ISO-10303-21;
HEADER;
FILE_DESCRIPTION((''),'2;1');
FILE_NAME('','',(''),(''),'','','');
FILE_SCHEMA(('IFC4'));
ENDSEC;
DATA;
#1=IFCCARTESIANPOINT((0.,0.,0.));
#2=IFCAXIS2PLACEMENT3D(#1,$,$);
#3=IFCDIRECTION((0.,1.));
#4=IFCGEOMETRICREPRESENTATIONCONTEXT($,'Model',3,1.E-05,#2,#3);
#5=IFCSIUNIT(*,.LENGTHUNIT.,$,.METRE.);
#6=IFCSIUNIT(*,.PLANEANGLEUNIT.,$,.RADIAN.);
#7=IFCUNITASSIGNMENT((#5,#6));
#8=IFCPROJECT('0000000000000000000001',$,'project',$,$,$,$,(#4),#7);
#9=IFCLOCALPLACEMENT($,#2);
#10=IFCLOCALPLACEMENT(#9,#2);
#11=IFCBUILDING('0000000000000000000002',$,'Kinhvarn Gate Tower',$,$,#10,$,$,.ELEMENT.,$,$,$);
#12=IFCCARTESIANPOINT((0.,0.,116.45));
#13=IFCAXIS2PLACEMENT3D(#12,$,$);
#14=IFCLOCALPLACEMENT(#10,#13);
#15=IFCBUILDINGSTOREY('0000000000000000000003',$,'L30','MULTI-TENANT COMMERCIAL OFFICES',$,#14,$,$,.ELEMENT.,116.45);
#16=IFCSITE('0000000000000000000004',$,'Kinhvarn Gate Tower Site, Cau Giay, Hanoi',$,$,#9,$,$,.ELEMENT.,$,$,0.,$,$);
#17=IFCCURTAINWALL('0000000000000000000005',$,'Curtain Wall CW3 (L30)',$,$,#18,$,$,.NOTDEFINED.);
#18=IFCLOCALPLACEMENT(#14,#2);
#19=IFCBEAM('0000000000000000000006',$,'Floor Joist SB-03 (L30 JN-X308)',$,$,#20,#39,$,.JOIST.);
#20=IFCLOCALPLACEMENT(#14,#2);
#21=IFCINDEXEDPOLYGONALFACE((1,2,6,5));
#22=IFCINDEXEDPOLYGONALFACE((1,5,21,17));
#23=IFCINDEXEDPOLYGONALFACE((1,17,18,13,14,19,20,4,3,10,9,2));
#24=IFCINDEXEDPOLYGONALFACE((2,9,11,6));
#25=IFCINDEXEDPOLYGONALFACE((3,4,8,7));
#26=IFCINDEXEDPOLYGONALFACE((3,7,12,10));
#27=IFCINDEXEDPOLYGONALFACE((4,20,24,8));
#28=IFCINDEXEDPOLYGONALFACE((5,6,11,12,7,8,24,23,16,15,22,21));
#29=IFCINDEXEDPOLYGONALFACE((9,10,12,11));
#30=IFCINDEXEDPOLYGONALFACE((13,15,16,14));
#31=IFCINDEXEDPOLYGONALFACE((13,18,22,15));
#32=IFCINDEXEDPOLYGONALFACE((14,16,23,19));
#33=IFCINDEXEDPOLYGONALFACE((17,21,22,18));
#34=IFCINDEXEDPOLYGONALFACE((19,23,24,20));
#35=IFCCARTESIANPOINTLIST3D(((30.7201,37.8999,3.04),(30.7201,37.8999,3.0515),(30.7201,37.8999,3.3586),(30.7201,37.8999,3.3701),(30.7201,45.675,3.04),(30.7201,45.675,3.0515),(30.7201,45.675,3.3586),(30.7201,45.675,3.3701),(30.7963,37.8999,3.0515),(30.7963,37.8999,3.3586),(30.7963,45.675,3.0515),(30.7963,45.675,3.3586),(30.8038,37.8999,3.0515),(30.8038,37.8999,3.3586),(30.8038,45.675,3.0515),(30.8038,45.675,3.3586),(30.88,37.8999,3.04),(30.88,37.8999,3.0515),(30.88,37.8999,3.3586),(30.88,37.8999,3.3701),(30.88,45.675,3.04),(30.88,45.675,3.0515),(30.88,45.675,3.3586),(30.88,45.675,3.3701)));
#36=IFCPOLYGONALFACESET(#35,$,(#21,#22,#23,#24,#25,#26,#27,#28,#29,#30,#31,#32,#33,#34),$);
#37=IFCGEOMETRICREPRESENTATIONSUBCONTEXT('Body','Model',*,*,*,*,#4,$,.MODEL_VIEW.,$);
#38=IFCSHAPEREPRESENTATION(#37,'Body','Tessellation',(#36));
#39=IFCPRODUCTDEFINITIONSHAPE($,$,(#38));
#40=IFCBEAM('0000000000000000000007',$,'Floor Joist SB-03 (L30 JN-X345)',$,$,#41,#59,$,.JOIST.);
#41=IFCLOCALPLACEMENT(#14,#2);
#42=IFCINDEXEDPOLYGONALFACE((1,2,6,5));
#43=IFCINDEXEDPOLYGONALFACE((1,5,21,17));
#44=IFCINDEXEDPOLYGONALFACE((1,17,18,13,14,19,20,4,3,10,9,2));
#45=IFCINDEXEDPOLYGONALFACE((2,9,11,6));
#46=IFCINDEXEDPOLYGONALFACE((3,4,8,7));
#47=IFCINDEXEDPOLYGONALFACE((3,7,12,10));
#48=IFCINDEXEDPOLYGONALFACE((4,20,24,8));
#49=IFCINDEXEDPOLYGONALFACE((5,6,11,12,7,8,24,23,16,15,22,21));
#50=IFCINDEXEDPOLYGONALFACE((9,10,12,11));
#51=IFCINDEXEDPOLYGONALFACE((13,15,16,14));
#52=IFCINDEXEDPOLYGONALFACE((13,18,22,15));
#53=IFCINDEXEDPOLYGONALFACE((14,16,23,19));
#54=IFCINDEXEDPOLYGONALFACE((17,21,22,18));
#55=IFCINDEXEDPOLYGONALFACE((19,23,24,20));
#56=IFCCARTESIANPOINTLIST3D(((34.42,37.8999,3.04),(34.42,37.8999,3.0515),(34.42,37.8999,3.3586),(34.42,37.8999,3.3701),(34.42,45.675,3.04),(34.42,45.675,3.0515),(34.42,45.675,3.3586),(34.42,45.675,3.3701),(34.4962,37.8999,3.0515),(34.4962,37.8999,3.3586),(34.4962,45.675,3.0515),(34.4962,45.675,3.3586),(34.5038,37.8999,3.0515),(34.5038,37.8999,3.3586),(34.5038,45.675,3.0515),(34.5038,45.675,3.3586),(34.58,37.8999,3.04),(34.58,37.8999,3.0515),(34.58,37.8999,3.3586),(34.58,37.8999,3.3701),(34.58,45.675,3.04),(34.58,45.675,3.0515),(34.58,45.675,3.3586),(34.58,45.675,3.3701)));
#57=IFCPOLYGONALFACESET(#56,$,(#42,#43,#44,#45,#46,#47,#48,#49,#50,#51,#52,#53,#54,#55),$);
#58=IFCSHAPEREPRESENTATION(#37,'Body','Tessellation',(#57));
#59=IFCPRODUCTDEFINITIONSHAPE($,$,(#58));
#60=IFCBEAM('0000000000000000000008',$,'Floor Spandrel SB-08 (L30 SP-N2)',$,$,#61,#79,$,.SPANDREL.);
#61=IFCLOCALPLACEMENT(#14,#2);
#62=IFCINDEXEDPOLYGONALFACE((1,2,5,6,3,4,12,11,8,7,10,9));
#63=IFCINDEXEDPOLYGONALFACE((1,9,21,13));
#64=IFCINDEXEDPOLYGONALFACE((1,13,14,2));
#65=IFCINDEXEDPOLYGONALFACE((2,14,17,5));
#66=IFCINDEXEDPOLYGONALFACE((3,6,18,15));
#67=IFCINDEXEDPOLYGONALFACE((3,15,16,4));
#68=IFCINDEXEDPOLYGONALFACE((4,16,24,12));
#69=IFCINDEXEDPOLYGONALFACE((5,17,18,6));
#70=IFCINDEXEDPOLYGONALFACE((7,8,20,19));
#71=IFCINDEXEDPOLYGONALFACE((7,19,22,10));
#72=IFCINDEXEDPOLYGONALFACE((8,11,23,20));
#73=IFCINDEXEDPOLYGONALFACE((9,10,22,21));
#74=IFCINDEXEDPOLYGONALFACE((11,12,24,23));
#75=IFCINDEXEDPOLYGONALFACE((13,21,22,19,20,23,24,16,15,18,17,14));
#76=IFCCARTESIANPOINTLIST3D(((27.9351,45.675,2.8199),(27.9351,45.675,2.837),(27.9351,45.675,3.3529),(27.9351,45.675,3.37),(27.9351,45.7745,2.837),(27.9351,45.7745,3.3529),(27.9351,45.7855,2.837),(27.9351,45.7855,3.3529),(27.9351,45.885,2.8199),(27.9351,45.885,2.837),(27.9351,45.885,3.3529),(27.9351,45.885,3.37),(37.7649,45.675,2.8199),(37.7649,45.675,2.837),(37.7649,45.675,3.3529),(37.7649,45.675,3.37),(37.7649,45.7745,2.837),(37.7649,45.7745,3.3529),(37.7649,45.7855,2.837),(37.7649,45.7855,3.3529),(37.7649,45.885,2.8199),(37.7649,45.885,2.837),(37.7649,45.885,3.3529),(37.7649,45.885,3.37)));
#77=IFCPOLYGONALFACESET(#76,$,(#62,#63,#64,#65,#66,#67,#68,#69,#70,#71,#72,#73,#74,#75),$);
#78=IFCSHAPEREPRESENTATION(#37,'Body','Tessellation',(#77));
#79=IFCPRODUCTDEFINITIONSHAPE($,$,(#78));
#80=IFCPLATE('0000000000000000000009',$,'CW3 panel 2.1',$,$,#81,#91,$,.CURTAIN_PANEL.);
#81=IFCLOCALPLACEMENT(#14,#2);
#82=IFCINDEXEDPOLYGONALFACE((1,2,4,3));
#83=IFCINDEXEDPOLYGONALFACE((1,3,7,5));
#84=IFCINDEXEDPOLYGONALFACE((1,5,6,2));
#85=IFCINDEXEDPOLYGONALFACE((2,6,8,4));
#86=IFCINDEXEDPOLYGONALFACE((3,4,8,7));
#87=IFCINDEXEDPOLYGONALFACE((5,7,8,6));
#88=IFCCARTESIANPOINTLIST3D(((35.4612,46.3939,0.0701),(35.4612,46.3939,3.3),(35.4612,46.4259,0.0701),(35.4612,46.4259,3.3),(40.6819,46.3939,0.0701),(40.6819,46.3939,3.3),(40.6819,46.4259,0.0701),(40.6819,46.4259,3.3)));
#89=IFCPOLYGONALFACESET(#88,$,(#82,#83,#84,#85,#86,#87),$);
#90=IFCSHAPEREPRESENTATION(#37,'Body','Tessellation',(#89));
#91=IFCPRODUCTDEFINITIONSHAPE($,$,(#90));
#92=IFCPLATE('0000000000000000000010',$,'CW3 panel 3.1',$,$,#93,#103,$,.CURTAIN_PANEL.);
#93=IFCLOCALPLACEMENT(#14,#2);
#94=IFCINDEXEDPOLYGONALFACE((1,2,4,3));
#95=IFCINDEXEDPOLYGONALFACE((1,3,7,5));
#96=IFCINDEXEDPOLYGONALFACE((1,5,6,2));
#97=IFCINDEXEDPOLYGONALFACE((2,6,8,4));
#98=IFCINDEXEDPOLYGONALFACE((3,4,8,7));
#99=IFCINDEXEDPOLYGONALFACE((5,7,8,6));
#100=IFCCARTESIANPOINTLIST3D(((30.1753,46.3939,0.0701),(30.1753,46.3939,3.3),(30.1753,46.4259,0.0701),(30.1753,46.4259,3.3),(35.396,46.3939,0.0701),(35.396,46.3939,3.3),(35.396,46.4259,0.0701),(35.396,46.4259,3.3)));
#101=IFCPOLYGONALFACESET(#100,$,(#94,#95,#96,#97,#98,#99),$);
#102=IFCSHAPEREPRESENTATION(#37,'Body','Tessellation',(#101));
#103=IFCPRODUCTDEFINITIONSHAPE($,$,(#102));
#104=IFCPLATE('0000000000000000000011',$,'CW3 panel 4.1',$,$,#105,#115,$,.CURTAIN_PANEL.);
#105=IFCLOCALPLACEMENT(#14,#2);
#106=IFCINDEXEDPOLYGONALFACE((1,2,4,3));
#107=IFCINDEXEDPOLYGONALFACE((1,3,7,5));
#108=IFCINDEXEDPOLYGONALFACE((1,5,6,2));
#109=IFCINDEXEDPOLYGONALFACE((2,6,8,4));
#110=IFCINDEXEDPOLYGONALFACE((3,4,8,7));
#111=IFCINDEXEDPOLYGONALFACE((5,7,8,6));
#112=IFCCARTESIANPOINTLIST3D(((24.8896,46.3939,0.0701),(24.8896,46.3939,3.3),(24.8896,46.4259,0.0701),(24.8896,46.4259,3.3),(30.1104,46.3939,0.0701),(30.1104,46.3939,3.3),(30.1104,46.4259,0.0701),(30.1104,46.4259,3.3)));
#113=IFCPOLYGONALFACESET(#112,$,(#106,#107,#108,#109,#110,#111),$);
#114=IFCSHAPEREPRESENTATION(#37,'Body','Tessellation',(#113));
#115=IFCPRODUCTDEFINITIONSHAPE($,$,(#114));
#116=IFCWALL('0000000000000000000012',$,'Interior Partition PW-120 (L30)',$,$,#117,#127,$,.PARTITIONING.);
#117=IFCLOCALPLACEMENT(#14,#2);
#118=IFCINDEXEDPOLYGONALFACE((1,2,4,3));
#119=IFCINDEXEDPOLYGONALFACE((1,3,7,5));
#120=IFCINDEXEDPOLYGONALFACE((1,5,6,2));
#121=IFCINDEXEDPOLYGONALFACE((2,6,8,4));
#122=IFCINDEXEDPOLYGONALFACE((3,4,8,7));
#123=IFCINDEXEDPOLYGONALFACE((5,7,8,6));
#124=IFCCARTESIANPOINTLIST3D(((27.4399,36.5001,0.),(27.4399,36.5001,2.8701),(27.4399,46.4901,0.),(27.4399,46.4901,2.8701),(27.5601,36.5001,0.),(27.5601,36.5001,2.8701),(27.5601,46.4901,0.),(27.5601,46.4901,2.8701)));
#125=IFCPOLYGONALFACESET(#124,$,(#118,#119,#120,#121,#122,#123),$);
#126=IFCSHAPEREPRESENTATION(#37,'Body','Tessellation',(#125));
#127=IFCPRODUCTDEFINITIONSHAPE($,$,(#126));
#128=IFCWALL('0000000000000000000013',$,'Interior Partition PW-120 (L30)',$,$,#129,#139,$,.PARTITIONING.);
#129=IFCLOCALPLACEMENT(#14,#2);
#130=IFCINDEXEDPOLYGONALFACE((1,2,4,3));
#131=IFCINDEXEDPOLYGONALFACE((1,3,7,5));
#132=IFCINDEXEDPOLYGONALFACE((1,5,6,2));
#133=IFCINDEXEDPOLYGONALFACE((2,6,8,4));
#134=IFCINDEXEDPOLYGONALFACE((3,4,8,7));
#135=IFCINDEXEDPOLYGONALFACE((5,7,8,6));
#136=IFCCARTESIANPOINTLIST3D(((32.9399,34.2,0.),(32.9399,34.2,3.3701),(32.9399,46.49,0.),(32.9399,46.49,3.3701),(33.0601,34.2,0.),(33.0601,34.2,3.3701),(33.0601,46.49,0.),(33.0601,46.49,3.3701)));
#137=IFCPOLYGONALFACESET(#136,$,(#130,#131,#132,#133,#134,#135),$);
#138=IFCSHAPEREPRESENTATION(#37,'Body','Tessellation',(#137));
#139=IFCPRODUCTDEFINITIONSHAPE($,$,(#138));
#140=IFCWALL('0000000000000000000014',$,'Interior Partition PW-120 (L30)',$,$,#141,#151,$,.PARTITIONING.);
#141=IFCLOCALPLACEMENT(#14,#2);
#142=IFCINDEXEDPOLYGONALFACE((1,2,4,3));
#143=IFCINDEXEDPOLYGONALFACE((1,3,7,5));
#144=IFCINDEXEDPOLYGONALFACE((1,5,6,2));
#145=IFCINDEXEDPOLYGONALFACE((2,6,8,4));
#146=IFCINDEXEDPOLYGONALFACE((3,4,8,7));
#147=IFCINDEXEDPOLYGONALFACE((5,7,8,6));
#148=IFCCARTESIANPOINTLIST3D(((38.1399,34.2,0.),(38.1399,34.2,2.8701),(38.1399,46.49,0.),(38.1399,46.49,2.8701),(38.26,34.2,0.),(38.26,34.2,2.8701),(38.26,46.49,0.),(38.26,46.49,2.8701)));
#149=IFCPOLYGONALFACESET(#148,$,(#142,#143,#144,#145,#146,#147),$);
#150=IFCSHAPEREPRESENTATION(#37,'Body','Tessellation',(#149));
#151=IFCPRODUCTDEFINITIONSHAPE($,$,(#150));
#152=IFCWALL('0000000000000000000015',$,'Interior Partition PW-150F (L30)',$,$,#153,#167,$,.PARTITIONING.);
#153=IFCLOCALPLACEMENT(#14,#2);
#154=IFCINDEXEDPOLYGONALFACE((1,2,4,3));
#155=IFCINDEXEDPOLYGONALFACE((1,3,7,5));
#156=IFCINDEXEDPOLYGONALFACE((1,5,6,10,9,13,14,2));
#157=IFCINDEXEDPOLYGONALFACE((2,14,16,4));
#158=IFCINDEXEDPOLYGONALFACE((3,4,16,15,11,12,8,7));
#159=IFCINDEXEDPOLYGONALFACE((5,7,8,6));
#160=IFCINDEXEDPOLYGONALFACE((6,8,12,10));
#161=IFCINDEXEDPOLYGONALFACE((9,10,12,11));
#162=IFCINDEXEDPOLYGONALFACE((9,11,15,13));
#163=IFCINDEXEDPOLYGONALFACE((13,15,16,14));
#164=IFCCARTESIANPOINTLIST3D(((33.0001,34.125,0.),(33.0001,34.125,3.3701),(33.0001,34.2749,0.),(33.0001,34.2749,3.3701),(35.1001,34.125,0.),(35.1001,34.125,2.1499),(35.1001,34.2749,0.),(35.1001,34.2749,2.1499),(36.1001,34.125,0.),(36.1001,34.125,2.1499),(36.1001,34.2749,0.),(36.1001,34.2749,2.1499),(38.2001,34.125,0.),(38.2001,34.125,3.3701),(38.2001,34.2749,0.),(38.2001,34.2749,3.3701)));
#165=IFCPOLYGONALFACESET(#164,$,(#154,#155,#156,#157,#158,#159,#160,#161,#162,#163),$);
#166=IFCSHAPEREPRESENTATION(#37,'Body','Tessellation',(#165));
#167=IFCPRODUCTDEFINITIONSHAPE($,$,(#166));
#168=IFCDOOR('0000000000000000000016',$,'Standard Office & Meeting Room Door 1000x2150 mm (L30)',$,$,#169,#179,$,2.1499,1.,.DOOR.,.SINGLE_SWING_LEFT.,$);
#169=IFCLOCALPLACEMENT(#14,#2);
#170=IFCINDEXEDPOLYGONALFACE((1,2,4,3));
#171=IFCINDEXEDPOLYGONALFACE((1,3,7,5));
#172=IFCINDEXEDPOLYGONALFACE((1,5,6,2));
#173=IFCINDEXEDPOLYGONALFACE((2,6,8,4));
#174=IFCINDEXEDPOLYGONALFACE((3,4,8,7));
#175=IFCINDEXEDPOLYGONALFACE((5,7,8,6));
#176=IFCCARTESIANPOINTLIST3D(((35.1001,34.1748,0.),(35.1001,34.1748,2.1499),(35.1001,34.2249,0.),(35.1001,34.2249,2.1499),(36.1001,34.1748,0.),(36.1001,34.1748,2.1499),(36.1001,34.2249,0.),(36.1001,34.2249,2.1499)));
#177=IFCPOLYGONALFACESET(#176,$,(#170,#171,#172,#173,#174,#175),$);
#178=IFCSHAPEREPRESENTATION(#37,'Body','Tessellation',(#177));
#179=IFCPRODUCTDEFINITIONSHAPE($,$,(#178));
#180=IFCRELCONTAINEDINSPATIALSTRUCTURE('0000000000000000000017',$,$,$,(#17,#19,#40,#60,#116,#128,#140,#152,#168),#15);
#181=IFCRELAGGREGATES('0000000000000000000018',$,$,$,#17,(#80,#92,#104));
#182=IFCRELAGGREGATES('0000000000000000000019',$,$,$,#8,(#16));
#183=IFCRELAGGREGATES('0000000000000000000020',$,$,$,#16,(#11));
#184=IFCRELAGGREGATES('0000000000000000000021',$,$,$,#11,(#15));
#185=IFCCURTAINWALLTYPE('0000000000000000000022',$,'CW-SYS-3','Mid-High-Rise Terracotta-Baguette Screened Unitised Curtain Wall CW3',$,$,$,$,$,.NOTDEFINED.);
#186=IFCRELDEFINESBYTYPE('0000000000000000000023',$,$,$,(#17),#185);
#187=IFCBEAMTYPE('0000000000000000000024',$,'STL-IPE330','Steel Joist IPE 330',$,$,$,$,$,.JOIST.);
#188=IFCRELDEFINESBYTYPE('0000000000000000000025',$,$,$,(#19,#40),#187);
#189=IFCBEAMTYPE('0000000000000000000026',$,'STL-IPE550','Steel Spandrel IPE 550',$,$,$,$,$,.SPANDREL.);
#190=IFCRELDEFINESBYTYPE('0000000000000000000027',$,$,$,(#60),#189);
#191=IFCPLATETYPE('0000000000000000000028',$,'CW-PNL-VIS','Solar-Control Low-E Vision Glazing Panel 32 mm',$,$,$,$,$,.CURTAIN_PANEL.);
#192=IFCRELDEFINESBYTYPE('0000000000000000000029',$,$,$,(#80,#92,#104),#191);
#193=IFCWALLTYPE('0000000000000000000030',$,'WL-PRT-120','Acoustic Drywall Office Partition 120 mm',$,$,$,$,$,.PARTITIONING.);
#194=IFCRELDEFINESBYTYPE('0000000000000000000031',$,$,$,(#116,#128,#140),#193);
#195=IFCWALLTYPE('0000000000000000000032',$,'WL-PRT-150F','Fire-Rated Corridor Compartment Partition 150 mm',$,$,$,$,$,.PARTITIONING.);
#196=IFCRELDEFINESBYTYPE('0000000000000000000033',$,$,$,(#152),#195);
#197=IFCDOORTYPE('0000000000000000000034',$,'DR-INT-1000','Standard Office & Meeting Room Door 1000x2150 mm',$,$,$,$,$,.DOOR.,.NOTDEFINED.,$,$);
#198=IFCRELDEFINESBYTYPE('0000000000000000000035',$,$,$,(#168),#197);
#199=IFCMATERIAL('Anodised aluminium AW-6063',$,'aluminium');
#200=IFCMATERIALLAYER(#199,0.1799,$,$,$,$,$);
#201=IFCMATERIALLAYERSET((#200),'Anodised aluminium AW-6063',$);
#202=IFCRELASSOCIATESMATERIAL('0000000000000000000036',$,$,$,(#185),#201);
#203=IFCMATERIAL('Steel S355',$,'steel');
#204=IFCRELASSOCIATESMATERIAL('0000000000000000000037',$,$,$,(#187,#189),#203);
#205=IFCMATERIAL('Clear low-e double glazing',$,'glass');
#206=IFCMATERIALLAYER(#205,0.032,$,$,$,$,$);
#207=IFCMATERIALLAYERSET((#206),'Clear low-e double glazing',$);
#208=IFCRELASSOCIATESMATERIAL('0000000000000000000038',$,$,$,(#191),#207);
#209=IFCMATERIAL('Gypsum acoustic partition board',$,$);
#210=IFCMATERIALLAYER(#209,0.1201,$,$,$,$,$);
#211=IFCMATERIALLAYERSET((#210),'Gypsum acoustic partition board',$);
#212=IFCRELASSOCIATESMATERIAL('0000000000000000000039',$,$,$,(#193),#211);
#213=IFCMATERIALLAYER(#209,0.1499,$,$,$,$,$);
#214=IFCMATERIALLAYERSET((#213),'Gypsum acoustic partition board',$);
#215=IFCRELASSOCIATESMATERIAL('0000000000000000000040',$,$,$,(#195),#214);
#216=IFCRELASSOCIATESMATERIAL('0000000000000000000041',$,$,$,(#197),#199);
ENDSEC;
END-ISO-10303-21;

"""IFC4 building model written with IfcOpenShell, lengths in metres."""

from ifc_helpers import new_model, si_unit, direction, frame, frame_2d, origin, origin_2d, place, context, subcontext, project, spatial, rectangle, i_section, extrude, material, layer, layer_set, material_profile, profile_set, type_object, element, fill, aggregate, save


model = new_model("IFC4")

# Units and contexts
model_context = context("Model", 3, precision=1e-05, world=origin(), true_north=direction((0.0, 1.0)))
body_context = subcontext(model_context, "Body", "Model", "MODEL_VIEW")
ifc_project = project(units=[si_unit("LENGTHUNIT", "METRE"), si_unit("PLANEANGLEUNIT", "RADIAN")], contexts=[model_context])

# Site, building, storey
site_placement = place(None, origin())
site = spatial("IfcSite", under=ifc_project, at=site_placement, Name="Kinhvarn Gate Tower Site, Cau Giay, Hanoi", CompositionType="ELEMENT", RefElevation=0.0)
building_placement = place(site_placement, origin())
building = spatial("IfcBuilding", under=site, at=building_placement, Name="Kinhvarn Gate Tower", CompositionType="ELEMENT")
storey_placement = place(building_placement, frame((0.0, 0.0, 116.45)))
storey = spatial("IfcBuildingStorey", under=building, at=storey_placement, Name="L30", Description="MULTI-TENANT COMMERCIAL OFFICES", CompositionType="ELEMENT", Elevation=116.45)

# Curtain wall
ifc_material_1 = material(Name="Anodised aluminium AW-6063", Category="aluminium")
ifc_layer_1 = layer(ifc_material_1, 0.1799)
ifc_layer_set_1 = layer_set([ifc_layer_1], Name="Anodised aluminium AW-6063")
curtain_wall_type = type_object("IfcCurtainWallType", Name="CW-SYS-3", Description="Mid-High-Rise Terracotta-Baguette Screened Unitised Curtain Wall CW3", PredefinedType="NOTDEFINED", material=ifc_layer_set_1)
curtain_wall_placement = place(storey_placement, origin())
curtain_wall = element("IfcCurtainWall", 1, at=curtain_wall_placement, inside=storey, type_object=curtain_wall_type, Name="Curtain Wall CW3 (L30)", PredefinedType="NOTDEFINED")

# Beams
ifc_material_2 = material(Name="Steel S355", Category="steel")
ifc_material_profile_1 = material_profile(ifc_material_2, i_section(OverallWidth=0.1599, OverallDepth=0.3301, WebThickness=0.0076, FlangeThickness=0.0115, at=origin_2d()), Name="IPE 330")
ifc_profile_set_1 = profile_set([ifc_material_profile_1], Name="Steel S355")
beam_type_1 = type_object("IfcBeamType", Name="STL-IPE330", Description="Steel Joist IPE 330", PredefinedType="JOIST", material=ifc_profile_set_1)
for number, where, z_axis, x_axis, name in (
    (2, (30.8, 37.8999, 3.2051), (0.0, 1.0, 0.0), (-1.0, 0.0, 0.0), "Floor Joist SB-03 (L30 JN-X308)"),
    (3, (34.5, 37.8999, 3.2051), (0.0, 1.0, 0.0), (-1.0, 0.0, 0.0), "Floor Joist SB-03 (L30 JN-X345)"),
):
    element("IfcBeam", number, at=place(storey_placement, frame(where, z_axis=z_axis, x_axis=x_axis)), inside=storey, type_object=beam_type_1, Name=name, PredefinedType="JOIST", context=body_context, shape_type="SweptSolid", body=[
        extrude(i_section(OverallWidth=0.1599, OverallDepth=0.3301, WebThickness=0.0076, FlangeThickness=0.0115, at=origin_2d()), origin(), (0.0, 0.0, 1.0), 7.7751),
    ])
ifc_material_profile_2 = material_profile(ifc_material_2, i_section(OverallWidth=0.21, OverallDepth=0.55, WebThickness=0.011, FlangeThickness=0.0171, at=origin_2d()), Name="IPE 550")
ifc_profile_set_2 = profile_set([ifc_material_profile_2], Name="Steel S355")
beam_type_2 = type_object("IfcBeamType", Name="STL-IPE550", Description="Steel Spandrel IPE 550", PredefinedType="SPANDREL", material=ifc_profile_set_2)
beam_1_placement = place(storey_placement, frame((27.9351, 45.78, 3.095), z_axis=(1.0, 0.0, 0.0), x_axis=(0.0, 1.0, 0.0)))
element("IfcBeam", 4, at=beam_1_placement, inside=storey, type_object=beam_type_2, Name="Floor Spandrel SB-08 (L30 SP-N2)", PredefinedType="SPANDREL", context=body_context, shape_type="SweptSolid", body=[
    extrude(i_section(OverallWidth=0.21, OverallDepth=0.55, WebThickness=0.011, FlangeThickness=0.0171, at=origin_2d()), origin(), (0.0, 0.0, 1.0), 9.8298),
])

# Plates
ifc_material_3 = material(Name="Clear low-e double glazing", Category="glass")
ifc_layer_2 = layer(ifc_material_3, 0.032)
ifc_layer_set_2 = layer_set([ifc_layer_2], Name="Clear low-e double glazing")
plate_type = type_object("IfcPlateType", Name="CW-PNL-VIS", Description="Solar-Control Low-E Vision Glazing Panel 32 mm", PredefinedType="CURTAIN_PANEL", material=ifc_layer_set_2)
plate_1_placement = place(storey_placement, frame((38.0715, 46.4099, 0.0701), z_axis=(0.0, 0.0, 1.0), x_axis=(-1.0, 0.0, 0.0)))
plate_1 = element("IfcPlate", 5, at=plate_1_placement, type_object=plate_type, Name="CW3 panel 2.1", PredefinedType="CURTAIN_PANEL", context=body_context, shape_type="SweptSolid", body=[
    extrude(rectangle(XDim=5.2207, YDim=0.032, at=origin_2d()), origin(), (0.0, 0.0, 1.0), 3.23),
])
plate_2_placement = place(storey_placement, frame((32.7856, 46.4099, 0.0701), z_axis=(0.0, 0.0, 1.0), x_axis=(-1.0, 0.0, 0.0)))
plate_2 = element("IfcPlate", 6, at=plate_2_placement, type_object=plate_type, Name="CW3 panel 3.1", PredefinedType="CURTAIN_PANEL", context=body_context, shape_type="SweptSolid", body=[
    extrude(rectangle(XDim=5.2207, YDim=0.032, at=origin_2d()), origin(), (0.0, 0.0, 1.0), 3.23),
])
plate_3_placement = place(storey_placement, frame((27.5, 46.4099, 0.0701), z_axis=(0.0, 0.0, 1.0), x_axis=(-1.0, 0.0, 0.0)))
plate_3 = element("IfcPlate", 7, at=plate_3_placement, type_object=plate_type, Name="CW3 panel 4.1", PredefinedType="CURTAIN_PANEL", context=body_context, shape_type="SweptSolid", body=[
    extrude(rectangle(XDim=5.2207, YDim=0.032, at=origin_2d()), origin(), (0.0, 0.0, 1.0), 3.23),
])
aggregate(curtain_wall, [plate_1, plate_2, plate_3])

# Walls
ifc_material_4 = material(Name="Gypsum acoustic partition board")
ifc_layer_3 = layer(ifc_material_4, 0.1201)
ifc_layer_set_3 = layer_set([ifc_layer_3], Name="Gypsum acoustic partition board")
wall_type_1 = type_object("IfcWallType", Name="WL-PRT-120", Description="Acoustic Drywall Office Partition 120 mm", PredefinedType="PARTITIONING", material=ifc_layer_set_3)
wall_1_placement = place(storey_placement, frame((27.5, 36.5, 0.0), z_axis=(0.0, 0.0, 1.0), x_axis=(0.0, 1.0, 0.0)))
element("IfcWall", 8, at=wall_1_placement, inside=storey, type_object=wall_type_1, Name="Interior Partition PW-120 (L30)", PredefinedType="PARTITIONING", context=body_context, shape_type="SweptSolid", body=[
    extrude(rectangle(XDim=9.99, YDim=0.1201, at=frame_2d((4.9951, 0.0))), origin(), (0.0, 0.0, 1.0), 2.8701),
])
wall_2_placement = place(storey_placement, frame((33.0, 34.2, 0.0), z_axis=(0.0, 0.0, 1.0), x_axis=(0.0, 1.0, 0.0)))
element("IfcWall", 9, at=wall_2_placement, inside=storey, type_object=wall_type_1, Name="Interior Partition PW-120 (L30)", PredefinedType="PARTITIONING", context=body_context, shape_type="SweptSolid", body=[
    extrude(rectangle(XDim=12.29, YDim=0.1201, at=frame_2d((6.145, 0.0))), origin(), (0.0, 0.0, 1.0), 3.3701),
])
wall_3_placement = place(storey_placement, frame((38.2, 34.2, 0.0), z_axis=(0.0, 0.0, 1.0), x_axis=(0.0, 1.0, 0.0)))
element("IfcWall", 10, at=wall_3_placement, inside=storey, type_object=wall_type_1, Name="Interior Partition PW-120 (L30)", PredefinedType="PARTITIONING", context=body_context, shape_type="SweptSolid", body=[
    extrude(rectangle(XDim=12.29, YDim=0.1201, at=frame_2d((6.145, 0.0))), origin(), (0.0, 0.0, 1.0), 2.8701),
])

# Wall, opening, door
ifc_layer_4 = layer(ifc_material_4, 0.1499)
ifc_layer_set_4 = layer_set([ifc_layer_4], Name="Gypsum acoustic partition board")
wall_type_2 = type_object("IfcWallType", Name="WL-PRT-150F", Description="Fire-Rated Corridor Compartment Partition 150 mm", PredefinedType="PARTITIONING", material=ifc_layer_set_4)
wall_4_placement = place(storey_placement, frame((33.0, 34.2, 0.0), z_axis=(0.0, 0.0, 1.0), x_axis=(1.0, 0.0, 0.0)))
wall_4 = element("IfcWall", 11, at=wall_4_placement, inside=storey, type_object=wall_type_2, Name="Interior Partition PW-150F (L30)", PredefinedType="PARTITIONING", context=body_context, shape_type="SweptSolid", body=[
    extrude(rectangle(XDim=5.2, YDim=0.1499, at=frame_2d((2.6001, 0.0))), origin(), (0.0, 0.0, 1.0), 3.3701),
])
opening_1_placement = place(wall_4_placement, frame((2.1001, 0.0, 0.0)))
opening_1 = element("IfcOpeningElement", 12, at=opening_1_placement, cuts=wall_4, PredefinedType="OPENING", context=body_context, shape_type="SweptSolid", body=[
    extrude(rectangle(XDim=1.0, YDim=2.1499, at=frame_2d((0.5, 1.075))), frame((0.0, 0.085, 0.0), z_axis=(0.0, -1.0, 0.0), x_axis=(1.0, 0.0, 0.0)), (0.0, 0.0, 1.0), 0.1699),
])
door_type_1 = type_object("IfcDoorType", Name="DR-INT-1000", Description="Standard Office & Meeting Room Door 1000x2150 mm", OperationType="NOTDEFINED", PredefinedType="DOOR", material=ifc_material_1)
door_1_placement = place(opening_1_placement, origin())
door_1 = element("IfcDoor", 13, at=door_1_placement, inside=storey, type_object=door_type_1, Name="Standard Office & Meeting Room Door 1000x2150 mm (L30)", OperationType="SINGLE_SWING_LEFT", OverallHeight=2.1499, OverallWidth=1.0, PredefinedType="DOOR", context=body_context, shape_type="SweptSolid", body=[
    extrude(rectangle(XDim=1.0, YDim=2.1499, at=frame_2d((0.5, 1.075))), frame((0.0, 0.0249, 0.0), z_axis=(0.0, -1.0, 0.0), x_axis=(1.0, 0.0, 0.0)), (0.0, 0.0, 1.0), 0.05),
])
fill(opening_1, door_1)

save(model, "model.ifc")
